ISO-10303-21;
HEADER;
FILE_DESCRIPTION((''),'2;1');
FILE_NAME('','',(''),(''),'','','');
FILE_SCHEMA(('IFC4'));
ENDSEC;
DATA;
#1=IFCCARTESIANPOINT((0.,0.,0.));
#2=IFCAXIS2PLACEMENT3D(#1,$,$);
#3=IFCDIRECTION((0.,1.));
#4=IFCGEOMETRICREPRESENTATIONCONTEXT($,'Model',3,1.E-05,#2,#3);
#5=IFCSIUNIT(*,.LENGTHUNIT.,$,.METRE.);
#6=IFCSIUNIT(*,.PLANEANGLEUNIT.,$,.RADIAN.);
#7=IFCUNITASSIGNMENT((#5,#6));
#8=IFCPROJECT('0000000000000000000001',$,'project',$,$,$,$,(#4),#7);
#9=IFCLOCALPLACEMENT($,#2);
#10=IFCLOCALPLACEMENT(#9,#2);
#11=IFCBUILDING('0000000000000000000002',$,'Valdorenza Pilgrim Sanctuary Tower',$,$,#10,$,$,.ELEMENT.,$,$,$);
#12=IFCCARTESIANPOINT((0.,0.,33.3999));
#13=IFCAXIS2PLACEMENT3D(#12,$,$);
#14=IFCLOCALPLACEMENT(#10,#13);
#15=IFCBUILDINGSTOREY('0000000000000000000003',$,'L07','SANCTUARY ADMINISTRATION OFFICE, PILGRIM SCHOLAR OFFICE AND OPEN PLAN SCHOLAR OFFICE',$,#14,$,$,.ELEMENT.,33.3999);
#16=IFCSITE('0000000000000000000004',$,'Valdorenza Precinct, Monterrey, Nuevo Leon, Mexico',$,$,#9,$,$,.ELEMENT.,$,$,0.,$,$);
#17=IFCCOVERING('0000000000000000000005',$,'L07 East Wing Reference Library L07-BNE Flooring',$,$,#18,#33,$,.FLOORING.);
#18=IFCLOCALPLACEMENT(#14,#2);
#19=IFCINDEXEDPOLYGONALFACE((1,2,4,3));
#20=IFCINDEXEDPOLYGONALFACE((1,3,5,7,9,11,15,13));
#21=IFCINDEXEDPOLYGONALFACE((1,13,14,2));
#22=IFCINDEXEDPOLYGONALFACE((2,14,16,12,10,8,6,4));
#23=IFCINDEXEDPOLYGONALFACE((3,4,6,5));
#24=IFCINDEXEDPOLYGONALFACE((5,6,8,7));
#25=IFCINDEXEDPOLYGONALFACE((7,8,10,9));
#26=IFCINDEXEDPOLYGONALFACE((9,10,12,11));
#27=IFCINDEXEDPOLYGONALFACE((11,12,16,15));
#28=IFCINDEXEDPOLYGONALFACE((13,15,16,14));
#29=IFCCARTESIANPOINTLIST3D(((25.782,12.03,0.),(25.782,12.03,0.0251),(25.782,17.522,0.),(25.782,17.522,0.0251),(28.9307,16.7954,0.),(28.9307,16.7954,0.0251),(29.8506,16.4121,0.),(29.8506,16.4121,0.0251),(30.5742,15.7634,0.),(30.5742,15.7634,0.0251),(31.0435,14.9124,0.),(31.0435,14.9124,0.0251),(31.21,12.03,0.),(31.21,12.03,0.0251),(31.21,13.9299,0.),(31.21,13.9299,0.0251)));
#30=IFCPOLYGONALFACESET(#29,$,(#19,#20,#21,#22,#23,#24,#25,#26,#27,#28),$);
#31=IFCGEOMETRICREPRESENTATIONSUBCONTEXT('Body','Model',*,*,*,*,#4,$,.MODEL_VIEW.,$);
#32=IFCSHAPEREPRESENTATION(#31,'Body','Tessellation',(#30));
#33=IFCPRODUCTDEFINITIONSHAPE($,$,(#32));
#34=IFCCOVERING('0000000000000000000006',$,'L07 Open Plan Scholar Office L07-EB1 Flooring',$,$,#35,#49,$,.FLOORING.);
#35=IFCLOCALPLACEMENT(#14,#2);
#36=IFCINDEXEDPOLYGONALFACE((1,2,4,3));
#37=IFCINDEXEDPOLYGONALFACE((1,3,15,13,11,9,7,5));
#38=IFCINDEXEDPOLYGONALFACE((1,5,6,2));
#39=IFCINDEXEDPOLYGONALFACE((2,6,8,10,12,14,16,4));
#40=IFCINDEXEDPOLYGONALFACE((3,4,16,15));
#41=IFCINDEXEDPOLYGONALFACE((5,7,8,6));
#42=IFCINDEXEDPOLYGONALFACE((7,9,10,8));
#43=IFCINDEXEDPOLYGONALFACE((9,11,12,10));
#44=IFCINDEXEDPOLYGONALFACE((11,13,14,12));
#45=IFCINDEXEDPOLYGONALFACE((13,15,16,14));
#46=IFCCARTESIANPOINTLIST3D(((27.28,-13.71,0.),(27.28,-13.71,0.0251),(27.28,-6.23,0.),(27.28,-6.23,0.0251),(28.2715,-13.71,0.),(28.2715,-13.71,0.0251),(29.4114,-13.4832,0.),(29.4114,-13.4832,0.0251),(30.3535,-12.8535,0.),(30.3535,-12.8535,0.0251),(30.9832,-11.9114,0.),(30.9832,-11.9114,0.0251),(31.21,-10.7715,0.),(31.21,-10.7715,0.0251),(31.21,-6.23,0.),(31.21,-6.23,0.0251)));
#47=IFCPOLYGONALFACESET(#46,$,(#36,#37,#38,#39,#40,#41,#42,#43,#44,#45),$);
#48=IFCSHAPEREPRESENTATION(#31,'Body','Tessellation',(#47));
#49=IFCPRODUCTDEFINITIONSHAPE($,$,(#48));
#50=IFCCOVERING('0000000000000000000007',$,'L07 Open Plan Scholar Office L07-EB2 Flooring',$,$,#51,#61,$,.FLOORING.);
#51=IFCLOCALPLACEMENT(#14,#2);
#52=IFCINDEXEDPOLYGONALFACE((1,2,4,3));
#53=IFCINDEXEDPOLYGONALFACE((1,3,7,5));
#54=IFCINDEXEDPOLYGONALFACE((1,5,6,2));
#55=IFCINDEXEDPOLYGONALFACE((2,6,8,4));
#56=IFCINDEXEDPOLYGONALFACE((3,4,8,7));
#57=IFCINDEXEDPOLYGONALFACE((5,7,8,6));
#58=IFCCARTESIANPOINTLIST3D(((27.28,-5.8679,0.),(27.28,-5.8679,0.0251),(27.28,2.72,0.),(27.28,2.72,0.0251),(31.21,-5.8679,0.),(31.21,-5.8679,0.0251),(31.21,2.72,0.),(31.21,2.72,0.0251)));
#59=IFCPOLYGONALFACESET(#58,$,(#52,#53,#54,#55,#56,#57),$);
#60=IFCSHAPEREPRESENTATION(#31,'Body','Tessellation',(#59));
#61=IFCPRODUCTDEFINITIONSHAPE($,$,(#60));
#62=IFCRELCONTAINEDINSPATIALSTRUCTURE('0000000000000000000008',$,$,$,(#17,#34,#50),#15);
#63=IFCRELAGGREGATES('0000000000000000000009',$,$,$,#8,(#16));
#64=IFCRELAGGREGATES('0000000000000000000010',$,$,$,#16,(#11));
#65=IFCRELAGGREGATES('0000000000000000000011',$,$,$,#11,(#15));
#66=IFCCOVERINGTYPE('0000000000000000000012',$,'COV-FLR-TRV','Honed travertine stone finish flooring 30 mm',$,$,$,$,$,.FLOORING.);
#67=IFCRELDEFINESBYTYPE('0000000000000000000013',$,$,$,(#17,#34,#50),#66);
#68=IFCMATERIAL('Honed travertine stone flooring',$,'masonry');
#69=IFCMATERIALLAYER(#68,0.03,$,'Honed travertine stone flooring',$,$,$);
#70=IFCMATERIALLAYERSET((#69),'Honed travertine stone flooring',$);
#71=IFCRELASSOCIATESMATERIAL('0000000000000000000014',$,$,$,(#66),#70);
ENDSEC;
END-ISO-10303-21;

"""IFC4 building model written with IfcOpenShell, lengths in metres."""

from ifc_helpers import new_model, si_unit, direction, frame, origin, place, context, subcontext, project, spatial, polyline, outline, extrude, material, layer, layer_set, type_object, element, save


model = new_model("IFC4")

# Units and contexts
model_context = context("Model", 3, precision=1e-05, world=origin(), true_north=direction((0.0, 1.0)))
body_context = subcontext(model_context, "Body", "Model", "MODEL_VIEW")
ifc_project = project(units=[si_unit("LENGTHUNIT", "METRE"), si_unit("PLANEANGLEUNIT", "RADIAN")], contexts=[model_context])

# Site, building, storey
site_placement = place(None, origin())
site = spatial("IfcSite", under=ifc_project, at=site_placement, Name="Valdorenza Precinct, Monterrey, Nuevo Leon, Mexico", CompositionType="ELEMENT", RefElevation=0.0)
building_placement = place(site_placement, origin())
building = spatial("IfcBuilding", under=site, at=building_placement, Name="Valdorenza Pilgrim Sanctuary Tower", CompositionType="ELEMENT")
storey_placement = place(building_placement, frame((0.0, 0.0, 33.3999)))
storey = spatial("IfcBuildingStorey", under=building, at=storey_placement, Name="L07", Description="SANCTUARY ADMINISTRATION OFFICE, PILGRIM SCHOLAR OFFICE AND OPEN PLAN SCHOLAR OFFICE", CompositionType="ELEMENT", Elevation=33.3999)

# Coverings
ifc_material_1 = material(Name="Honed travertine stone flooring", Category="masonry")
ifc_layer_1 = layer(ifc_material_1, 0.03, Name="Honed travertine stone flooring")
ifc_layer_set_1 = layer_set([ifc_layer_1], Name="Honed travertine stone flooring")
covering_type_1 = type_object("IfcCoveringType", Name="COV-FLR-TRV", Description="Honed travertine stone finish flooring 30 mm", PredefinedType="FLOORING", material=ifc_layer_set_1)
covering_1_placement = place(storey_placement, origin())
element("IfcCovering", 1, at=covering_1_placement, inside=storey, type_object=covering_type_1, Name="L07 East Wing Reference Library L07-BNE Flooring", PredefinedType="FLOORING", context=body_context, shape_type="SweptSolid", body=[
    extrude(outline(polyline([(28.9307, 16.7954), (29.8506, 16.4121), (30.5742, 15.7634), (31.0435, 14.9124), (31.21, 13.9299), (31.21, 12.03), (25.782, 12.03), (25.782, 17.522), (28.9307, 16.7954)])), origin(), (0.0, 0.0, 1.0), 0.0251),
])
covering_2_placement = place(storey_placement, origin())
element("IfcCovering", 2, at=covering_2_placement, inside=storey, type_object=covering_type_1, Name="L07 Open Plan Scholar Office L07-EB1 Flooring", PredefinedType="FLOORING", context=body_context, shape_type="SweptSolid", body=[
    extrude(outline(polyline([(31.21, -6.23), (31.21, -10.7715), (30.9832, -11.9114), (30.3535, -12.8535), (29.4114, -13.4832), (28.2715, -13.71), (27.28, -13.71), (27.28, -6.23), (31.21, -6.23)])), origin(), (0.0, 0.0, 1.0), 0.0251),
])
covering_3_placement = place(storey_placement, origin())
element("IfcCovering", 3, at=covering_3_placement, inside=storey, type_object=covering_type_1, Name="L07 Open Plan Scholar Office L07-EB2 Flooring", PredefinedType="FLOORING", context=body_context, shape_type="SweptSolid", body=[
    extrude(outline(polyline([(27.28, 2.72), (31.21, 2.72), (31.21, -5.8679), (27.28, -5.8679), (27.28, 2.72)])), origin(), (0.0, 0.0, 1.0), 0.0251),
])

save(model, "model.ifc")
